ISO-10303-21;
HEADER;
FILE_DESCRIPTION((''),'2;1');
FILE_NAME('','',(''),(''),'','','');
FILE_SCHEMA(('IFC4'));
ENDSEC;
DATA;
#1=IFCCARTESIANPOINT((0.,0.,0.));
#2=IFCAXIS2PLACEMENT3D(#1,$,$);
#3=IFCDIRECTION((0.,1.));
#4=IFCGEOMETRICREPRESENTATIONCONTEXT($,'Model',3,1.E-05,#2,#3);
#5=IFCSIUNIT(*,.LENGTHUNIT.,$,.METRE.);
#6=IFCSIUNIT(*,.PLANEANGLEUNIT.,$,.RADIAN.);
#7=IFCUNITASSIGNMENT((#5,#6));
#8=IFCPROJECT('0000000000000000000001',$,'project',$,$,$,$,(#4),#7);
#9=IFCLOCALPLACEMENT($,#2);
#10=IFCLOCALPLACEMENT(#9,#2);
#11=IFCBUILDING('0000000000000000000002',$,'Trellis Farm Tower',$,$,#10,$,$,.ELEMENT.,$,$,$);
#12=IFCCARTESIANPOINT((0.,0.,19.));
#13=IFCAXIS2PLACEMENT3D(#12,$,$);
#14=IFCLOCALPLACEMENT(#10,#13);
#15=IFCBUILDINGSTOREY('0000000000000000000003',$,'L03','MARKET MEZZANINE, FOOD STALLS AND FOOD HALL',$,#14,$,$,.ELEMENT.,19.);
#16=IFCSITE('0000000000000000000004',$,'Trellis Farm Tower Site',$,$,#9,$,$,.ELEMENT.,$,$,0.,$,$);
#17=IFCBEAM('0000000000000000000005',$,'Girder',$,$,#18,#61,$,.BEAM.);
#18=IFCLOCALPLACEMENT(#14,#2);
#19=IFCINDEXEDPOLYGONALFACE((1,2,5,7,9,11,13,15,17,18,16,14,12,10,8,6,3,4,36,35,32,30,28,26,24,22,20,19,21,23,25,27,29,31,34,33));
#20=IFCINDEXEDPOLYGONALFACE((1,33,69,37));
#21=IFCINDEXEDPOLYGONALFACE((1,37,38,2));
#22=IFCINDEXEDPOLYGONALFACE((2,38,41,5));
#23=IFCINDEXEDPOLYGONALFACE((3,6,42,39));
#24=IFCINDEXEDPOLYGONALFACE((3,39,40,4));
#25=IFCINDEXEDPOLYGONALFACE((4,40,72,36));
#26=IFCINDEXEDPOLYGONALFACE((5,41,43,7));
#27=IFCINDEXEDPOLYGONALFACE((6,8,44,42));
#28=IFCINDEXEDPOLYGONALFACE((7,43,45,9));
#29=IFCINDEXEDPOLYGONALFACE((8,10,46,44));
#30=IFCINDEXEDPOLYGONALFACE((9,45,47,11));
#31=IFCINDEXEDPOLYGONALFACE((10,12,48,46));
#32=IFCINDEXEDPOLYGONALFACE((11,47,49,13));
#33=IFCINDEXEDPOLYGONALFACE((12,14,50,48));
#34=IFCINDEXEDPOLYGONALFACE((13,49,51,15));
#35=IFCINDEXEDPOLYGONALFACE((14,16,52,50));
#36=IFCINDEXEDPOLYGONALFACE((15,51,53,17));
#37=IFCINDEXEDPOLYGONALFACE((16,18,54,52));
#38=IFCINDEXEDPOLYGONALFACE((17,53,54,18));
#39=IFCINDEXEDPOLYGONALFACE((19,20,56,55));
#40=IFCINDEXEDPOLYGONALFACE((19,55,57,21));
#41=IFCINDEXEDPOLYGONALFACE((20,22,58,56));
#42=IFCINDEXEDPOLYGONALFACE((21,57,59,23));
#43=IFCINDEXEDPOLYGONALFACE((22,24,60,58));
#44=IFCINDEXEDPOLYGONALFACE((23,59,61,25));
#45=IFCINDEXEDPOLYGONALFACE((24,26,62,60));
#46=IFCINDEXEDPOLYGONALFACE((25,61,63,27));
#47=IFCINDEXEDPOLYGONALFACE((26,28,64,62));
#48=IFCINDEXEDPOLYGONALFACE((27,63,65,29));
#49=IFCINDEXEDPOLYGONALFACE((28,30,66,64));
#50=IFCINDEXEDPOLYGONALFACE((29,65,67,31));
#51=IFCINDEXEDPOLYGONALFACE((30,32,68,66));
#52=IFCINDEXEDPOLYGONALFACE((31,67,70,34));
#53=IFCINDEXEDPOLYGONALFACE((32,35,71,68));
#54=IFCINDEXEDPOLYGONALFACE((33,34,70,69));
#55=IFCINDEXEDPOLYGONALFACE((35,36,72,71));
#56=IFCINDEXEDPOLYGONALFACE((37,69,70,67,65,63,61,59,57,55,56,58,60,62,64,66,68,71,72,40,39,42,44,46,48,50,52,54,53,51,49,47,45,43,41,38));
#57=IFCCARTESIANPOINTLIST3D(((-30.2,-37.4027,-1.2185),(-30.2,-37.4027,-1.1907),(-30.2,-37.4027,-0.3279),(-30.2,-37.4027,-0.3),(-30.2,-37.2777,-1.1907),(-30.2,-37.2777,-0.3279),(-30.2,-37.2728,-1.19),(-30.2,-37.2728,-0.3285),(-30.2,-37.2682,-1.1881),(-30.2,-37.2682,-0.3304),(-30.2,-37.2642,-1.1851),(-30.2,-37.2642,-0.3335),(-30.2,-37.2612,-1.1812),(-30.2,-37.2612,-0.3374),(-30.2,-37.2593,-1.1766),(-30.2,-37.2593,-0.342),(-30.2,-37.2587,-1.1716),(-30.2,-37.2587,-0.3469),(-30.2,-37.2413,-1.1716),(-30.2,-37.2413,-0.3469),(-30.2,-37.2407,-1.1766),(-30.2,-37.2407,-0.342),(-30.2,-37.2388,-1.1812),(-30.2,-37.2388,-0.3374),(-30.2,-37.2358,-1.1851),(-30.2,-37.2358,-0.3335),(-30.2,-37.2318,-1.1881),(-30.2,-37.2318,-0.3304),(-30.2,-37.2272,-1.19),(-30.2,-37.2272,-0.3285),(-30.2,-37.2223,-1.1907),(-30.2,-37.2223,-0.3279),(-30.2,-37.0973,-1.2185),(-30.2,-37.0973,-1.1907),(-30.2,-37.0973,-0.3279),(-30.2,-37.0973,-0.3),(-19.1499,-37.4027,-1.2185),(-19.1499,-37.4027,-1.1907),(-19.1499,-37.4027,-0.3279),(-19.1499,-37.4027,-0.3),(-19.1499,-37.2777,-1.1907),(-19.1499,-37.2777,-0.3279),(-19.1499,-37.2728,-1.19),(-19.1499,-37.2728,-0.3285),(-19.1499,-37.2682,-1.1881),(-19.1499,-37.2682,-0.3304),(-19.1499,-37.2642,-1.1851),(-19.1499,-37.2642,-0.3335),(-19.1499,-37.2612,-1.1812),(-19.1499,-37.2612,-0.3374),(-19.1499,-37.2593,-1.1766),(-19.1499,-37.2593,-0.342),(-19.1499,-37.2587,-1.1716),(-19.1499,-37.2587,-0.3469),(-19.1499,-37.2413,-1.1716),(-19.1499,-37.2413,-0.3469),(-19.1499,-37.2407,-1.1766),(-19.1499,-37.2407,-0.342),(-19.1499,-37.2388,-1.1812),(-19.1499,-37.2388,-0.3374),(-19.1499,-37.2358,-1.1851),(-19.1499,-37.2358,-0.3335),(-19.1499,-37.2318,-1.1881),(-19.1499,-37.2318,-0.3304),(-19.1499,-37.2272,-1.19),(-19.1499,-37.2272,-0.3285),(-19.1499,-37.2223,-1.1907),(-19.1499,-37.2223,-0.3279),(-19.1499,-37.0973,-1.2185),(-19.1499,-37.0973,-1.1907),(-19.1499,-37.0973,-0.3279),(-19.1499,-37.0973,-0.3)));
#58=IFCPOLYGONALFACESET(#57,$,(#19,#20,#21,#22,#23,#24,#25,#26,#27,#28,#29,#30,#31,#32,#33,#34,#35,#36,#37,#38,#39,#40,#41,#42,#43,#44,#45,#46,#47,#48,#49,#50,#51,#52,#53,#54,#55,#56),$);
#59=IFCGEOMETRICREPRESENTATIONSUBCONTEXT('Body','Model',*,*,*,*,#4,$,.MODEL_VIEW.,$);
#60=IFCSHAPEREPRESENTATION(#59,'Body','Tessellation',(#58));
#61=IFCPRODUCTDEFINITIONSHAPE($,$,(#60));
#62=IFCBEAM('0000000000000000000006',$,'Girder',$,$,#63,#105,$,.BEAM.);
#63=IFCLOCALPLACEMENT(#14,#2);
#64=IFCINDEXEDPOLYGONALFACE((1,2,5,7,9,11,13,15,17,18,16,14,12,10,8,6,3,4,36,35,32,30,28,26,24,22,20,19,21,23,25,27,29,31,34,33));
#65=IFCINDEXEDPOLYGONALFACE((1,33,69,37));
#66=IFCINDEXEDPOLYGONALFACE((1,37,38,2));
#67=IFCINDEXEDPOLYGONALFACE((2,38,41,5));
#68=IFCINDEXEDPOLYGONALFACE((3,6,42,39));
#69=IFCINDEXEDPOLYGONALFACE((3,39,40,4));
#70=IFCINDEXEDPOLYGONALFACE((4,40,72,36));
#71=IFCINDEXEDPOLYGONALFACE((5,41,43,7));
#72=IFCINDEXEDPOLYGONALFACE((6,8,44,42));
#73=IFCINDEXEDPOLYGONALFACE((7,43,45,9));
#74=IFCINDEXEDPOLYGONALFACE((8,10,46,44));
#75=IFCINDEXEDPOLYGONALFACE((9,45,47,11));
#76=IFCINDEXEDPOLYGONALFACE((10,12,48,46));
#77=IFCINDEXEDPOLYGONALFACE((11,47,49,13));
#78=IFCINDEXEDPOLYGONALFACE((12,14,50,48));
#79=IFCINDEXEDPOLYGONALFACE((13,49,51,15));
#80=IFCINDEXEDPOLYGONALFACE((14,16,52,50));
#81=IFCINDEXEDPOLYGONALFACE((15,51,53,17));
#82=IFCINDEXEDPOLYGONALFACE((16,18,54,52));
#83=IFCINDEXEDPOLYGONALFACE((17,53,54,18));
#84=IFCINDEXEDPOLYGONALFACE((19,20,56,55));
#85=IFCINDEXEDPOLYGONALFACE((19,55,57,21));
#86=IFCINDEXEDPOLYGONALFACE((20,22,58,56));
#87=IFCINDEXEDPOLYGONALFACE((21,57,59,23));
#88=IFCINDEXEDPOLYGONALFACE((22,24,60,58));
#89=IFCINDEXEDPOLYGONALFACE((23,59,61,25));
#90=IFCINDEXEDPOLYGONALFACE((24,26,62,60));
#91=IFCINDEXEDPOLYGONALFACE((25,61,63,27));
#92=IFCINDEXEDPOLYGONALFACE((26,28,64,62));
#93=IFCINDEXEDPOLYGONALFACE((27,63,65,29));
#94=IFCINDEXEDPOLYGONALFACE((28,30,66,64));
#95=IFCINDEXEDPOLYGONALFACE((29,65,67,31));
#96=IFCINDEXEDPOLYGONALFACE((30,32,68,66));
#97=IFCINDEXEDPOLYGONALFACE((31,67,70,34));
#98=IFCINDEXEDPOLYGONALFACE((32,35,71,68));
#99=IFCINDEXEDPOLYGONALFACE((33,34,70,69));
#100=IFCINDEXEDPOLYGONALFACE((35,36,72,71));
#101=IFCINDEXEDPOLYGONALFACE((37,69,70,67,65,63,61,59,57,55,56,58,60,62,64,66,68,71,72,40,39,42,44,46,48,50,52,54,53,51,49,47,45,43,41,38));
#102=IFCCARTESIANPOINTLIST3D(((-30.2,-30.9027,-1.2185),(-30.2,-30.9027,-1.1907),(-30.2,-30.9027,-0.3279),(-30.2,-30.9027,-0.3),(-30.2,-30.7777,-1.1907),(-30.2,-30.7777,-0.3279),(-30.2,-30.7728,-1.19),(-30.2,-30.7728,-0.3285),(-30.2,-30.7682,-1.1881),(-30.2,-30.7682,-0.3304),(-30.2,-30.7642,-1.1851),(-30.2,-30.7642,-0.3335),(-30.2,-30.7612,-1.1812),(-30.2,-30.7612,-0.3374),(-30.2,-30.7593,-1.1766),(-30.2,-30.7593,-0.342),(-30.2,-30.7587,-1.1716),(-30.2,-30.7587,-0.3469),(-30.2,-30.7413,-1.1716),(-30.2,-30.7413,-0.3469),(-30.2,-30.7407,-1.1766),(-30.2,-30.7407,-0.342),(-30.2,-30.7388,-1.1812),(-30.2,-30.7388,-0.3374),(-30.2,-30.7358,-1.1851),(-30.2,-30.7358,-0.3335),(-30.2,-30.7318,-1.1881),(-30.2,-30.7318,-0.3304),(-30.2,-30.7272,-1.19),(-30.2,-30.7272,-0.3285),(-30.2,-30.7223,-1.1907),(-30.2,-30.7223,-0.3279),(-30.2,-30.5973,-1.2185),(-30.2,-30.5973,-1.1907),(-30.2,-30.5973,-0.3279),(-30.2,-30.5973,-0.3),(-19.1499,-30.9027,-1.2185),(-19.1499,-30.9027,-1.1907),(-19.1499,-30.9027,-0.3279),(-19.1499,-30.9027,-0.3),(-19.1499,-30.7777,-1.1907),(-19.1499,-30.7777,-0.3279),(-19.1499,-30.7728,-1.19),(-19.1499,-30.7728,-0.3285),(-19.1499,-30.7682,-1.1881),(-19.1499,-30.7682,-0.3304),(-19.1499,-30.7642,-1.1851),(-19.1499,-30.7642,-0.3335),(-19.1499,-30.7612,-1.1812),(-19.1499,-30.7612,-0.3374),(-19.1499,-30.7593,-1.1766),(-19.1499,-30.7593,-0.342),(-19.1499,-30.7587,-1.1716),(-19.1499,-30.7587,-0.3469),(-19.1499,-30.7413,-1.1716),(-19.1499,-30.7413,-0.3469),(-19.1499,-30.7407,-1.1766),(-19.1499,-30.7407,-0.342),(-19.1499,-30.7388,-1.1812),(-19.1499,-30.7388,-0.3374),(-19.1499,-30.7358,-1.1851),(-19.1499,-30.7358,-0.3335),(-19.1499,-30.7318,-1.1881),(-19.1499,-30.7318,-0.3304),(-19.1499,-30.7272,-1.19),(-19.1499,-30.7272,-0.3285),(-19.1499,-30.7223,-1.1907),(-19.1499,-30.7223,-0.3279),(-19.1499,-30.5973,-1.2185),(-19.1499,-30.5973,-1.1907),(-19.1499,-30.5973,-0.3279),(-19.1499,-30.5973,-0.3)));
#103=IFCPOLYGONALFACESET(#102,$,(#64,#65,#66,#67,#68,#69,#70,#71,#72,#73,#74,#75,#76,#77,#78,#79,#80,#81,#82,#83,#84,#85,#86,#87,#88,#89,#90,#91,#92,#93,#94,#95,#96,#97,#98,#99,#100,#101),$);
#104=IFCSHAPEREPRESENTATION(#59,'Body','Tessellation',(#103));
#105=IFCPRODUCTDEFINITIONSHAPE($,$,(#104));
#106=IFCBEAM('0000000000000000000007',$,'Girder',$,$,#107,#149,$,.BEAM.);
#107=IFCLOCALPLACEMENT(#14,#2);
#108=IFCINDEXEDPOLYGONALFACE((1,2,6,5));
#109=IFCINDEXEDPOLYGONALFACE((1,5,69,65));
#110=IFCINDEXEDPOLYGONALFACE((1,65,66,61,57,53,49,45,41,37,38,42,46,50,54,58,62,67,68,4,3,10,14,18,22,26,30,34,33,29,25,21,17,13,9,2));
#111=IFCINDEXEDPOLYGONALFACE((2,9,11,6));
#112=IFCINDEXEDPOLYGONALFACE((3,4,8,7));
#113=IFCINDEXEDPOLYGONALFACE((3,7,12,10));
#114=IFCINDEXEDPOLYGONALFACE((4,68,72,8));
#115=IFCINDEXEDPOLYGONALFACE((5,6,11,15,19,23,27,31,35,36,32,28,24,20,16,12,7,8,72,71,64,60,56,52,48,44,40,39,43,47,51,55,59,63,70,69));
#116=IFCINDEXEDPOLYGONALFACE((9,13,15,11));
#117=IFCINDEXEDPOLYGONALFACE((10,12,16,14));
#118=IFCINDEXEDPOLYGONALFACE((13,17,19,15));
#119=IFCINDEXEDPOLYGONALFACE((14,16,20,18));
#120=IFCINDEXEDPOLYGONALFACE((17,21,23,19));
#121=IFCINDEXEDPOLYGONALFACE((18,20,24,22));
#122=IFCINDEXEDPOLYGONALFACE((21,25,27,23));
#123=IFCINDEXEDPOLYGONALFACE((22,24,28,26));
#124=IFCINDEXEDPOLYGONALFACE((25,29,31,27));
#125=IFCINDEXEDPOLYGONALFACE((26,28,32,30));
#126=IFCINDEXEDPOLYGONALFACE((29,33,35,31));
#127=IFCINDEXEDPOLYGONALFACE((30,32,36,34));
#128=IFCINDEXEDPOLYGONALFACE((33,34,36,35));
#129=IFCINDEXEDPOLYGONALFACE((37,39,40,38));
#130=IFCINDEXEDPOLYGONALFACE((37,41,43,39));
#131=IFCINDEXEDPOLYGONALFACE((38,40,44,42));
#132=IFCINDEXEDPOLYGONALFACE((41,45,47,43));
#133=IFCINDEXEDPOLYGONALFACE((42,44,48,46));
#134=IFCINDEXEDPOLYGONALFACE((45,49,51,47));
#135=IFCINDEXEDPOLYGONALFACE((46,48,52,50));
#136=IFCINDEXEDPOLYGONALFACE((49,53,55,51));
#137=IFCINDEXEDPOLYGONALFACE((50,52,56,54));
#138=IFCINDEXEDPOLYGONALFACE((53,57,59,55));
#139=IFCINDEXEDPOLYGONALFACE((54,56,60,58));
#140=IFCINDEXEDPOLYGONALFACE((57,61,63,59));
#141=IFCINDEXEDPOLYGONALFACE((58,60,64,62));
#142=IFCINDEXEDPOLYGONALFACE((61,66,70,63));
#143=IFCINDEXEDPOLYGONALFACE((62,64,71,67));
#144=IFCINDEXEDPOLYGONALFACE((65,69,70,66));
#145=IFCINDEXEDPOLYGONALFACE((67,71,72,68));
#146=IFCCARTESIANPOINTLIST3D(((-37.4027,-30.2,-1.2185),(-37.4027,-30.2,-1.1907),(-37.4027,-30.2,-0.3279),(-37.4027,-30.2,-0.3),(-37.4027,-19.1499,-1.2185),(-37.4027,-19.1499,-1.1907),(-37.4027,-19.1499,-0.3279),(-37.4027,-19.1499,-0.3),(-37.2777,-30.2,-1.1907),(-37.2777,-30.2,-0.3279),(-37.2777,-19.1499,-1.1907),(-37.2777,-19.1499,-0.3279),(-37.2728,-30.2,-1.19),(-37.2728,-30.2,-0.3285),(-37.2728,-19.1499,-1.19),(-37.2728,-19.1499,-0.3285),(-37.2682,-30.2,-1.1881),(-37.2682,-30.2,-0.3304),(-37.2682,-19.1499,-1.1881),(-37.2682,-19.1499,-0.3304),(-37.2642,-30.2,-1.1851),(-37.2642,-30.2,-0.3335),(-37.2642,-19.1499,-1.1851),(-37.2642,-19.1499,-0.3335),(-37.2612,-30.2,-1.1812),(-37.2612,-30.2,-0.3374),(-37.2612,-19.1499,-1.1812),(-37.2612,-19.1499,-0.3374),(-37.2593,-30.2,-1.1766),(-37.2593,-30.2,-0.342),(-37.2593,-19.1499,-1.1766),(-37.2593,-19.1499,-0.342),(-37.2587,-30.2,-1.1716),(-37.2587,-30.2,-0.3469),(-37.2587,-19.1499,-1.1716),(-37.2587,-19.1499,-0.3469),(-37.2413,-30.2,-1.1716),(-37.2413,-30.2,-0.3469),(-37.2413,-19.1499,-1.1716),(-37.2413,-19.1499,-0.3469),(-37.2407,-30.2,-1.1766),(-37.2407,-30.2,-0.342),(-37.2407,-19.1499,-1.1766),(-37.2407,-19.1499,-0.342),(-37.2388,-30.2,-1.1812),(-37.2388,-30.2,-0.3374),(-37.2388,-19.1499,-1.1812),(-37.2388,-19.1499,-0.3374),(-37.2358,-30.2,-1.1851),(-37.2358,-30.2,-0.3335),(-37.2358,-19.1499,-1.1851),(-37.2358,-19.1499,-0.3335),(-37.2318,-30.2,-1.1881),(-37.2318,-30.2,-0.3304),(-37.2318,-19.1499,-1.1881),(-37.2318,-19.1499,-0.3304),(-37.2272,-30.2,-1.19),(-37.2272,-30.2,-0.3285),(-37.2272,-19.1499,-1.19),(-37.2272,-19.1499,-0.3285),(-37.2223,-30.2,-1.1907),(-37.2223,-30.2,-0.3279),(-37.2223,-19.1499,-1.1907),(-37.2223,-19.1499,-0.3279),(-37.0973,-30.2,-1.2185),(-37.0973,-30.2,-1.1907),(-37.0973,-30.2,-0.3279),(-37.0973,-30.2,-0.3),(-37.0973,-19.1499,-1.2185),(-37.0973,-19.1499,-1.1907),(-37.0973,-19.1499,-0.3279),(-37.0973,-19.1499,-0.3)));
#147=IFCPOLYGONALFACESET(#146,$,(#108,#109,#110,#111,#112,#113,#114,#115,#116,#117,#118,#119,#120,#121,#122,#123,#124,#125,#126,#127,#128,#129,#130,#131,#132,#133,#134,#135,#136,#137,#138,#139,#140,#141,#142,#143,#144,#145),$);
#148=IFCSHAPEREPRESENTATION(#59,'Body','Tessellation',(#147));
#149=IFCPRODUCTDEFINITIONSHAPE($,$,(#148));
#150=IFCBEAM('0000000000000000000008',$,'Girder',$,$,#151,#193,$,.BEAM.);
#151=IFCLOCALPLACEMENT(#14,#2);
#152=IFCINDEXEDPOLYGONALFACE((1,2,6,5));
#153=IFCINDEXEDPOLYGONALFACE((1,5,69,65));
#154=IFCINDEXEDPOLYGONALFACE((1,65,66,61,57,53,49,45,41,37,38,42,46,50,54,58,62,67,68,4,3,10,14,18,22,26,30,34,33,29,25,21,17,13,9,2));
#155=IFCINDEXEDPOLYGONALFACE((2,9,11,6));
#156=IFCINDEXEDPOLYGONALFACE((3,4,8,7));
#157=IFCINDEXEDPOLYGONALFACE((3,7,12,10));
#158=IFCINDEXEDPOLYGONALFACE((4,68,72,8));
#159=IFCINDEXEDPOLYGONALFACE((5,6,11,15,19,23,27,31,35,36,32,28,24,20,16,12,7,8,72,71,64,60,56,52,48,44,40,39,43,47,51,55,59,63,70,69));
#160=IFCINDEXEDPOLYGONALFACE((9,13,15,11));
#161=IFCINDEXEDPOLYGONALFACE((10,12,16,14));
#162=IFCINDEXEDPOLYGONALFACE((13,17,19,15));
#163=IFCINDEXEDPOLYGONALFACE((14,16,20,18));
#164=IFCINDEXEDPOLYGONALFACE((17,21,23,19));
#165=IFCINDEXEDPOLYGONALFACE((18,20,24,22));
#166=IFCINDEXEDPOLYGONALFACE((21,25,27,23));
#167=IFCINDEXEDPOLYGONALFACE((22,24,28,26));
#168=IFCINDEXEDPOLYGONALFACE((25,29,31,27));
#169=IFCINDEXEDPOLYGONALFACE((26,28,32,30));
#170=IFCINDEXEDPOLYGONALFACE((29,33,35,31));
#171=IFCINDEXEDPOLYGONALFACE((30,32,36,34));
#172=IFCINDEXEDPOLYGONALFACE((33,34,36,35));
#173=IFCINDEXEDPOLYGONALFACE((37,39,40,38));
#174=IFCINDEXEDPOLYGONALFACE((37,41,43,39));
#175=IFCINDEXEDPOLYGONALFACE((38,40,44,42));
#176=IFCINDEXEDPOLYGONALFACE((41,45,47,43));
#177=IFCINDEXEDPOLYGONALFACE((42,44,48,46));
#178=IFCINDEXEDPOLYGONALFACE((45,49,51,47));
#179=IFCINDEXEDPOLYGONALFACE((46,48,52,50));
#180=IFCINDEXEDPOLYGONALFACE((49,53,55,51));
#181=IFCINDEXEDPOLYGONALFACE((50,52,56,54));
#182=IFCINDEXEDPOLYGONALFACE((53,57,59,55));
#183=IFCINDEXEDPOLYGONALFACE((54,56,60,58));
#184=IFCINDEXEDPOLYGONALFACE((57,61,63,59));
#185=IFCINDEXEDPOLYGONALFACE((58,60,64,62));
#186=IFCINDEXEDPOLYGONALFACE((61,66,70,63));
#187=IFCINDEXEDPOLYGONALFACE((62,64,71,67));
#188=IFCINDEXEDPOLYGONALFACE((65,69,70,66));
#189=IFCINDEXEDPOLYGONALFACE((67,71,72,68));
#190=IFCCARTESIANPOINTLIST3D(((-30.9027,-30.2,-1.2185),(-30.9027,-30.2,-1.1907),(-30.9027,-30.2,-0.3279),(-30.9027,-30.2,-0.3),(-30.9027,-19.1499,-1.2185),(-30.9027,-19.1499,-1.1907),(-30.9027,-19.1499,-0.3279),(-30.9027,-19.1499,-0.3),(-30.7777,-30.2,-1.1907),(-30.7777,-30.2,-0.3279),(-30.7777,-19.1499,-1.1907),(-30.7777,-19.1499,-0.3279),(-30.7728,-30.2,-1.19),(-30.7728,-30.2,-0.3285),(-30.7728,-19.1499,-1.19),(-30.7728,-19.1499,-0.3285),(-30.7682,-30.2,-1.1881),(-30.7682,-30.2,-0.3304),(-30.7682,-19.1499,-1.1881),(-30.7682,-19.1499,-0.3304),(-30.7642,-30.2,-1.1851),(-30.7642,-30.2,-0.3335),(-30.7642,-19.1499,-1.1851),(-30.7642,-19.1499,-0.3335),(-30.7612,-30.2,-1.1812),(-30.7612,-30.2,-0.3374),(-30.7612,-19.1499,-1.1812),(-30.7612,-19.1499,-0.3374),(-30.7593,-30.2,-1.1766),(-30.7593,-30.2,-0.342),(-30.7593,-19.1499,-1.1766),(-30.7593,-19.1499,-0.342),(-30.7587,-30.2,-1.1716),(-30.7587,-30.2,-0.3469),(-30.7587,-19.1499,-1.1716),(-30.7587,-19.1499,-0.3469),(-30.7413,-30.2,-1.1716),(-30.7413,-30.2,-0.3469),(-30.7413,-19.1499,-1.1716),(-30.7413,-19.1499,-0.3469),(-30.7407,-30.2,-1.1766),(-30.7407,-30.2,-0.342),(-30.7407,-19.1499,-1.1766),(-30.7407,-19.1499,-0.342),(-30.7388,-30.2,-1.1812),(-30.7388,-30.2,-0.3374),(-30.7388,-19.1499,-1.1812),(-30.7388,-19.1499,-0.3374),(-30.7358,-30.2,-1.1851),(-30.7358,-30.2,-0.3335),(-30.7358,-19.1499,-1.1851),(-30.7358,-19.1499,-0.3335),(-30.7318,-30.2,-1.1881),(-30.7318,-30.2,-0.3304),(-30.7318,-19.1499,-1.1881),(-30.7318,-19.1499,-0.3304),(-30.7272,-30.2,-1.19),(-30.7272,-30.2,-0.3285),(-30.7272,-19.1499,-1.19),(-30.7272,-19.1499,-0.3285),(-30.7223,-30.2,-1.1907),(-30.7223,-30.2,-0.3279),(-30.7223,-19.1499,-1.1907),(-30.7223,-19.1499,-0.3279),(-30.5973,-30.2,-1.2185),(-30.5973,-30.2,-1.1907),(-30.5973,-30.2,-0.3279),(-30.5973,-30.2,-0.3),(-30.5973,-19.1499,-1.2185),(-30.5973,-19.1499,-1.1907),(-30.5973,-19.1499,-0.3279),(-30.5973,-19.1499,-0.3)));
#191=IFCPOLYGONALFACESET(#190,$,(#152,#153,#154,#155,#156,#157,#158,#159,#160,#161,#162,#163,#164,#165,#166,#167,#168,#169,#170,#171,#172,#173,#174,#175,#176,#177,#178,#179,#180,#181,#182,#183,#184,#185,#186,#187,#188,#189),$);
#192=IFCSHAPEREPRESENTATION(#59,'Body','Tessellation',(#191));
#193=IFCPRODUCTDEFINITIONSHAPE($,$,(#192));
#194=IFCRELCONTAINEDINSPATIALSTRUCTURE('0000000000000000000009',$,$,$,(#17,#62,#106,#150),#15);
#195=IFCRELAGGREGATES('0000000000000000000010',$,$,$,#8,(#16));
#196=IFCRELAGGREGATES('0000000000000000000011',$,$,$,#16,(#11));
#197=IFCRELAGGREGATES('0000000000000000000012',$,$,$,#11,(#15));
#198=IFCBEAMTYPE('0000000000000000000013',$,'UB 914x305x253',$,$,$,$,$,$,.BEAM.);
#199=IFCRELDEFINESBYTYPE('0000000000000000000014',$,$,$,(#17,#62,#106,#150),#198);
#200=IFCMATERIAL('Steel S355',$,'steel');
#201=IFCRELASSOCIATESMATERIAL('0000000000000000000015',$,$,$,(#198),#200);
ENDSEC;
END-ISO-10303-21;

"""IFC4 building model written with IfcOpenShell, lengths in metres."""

from ifc_helpers import new_model, si_unit, direction, frame, origin, origin_2d, place, context, subcontext, project, spatial, i_section, extrude, source, transform, mapped, material, material_profile, profile_set, type_object, element, save


model = new_model("IFC4")

# Units and contexts
model_context = context("Model", 3, precision=1e-05, world=origin(), true_north=direction((0.0, 1.0)))
body_context = subcontext(model_context, "Body", "Model", "MODEL_VIEW")
ifc_project = project(units=[si_unit("LENGTHUNIT", "METRE"), si_unit("PLANEANGLEUNIT", "RADIAN")], contexts=[model_context])

# Site, building, storey
site_placement = place(None, origin())
site = spatial("IfcSite", under=ifc_project, at=site_placement, Name="Trellis Farm Tower Site", CompositionType="ELEMENT", RefElevation=0.0)
building_placement = place(site_placement, origin())
building = spatial("IfcBuilding", under=site, at=building_placement, Name="Trellis Farm Tower", CompositionType="ELEMENT")
storey_placement = place(building_placement, frame((0.0, 0.0, 19.0)))
storey = spatial("IfcBuildingStorey", under=building, at=storey_placement, Name="L03", Description="MARKET MEZZANINE, FOOD STALLS AND FOOD HALL", CompositionType="ELEMENT", Elevation=19.0)

# Beams
ifc_material_1 = material(Name="Steel S355", Category="steel")
ifc_material_profile_1 = material_profile(ifc_material_1, i_section(OverallWidth=0.3054, OverallDepth=0.9185, WebThickness=0.0173, FlangeThickness=0.0278, FilletRadius=0.019, at=origin_2d()), Name="UB 914x305x253")
ifc_profile_set_1 = profile_set([ifc_material_profile_1], Name="Steel S355")
beam_type_1 = type_object("IfcBeamType", Name="UB 914x305x253", PredefinedType="BEAM", material=ifc_profile_set_1)
shared_shape_1 = source(origin(), body_context, "Body", "SweptSolid", [
    extrude(i_section(OverallWidth=0.3054, OverallDepth=0.9185, WebThickness=0.0173, FlangeThickness=0.0278, FilletRadius=0.019, at=origin_2d()), origin(), (0.0, 0.0, 1.0), 11.05),
])
for number, where, z_axis, x_axis, name in (
    (1, (-30.2, -37.25, -0.7593), (1.0, 0.0, 0.0), (0.0, 1.0, 0.0), "Girder"),
    (2, (-30.2, -30.75, -0.7593), (1.0, 0.0, 0.0), (0.0, 1.0, 0.0), "Girder"),
    (3, (-37.25, -30.2, -0.7593), (0.0, 1.0, 0.0), (-1.0, 0.0, 0.0), "Girder"),
    (4, (-30.75, -30.2, -0.7593), (0.0, 1.0, 0.0), (-1.0, 0.0, 0.0), "Girder"),
):
    element("IfcBeam", number, at=place(storey_placement, frame(where, z_axis=z_axis, x_axis=x_axis)), inside=storey, type_object=beam_type_1, Name=name, PredefinedType="BEAM", context=body_context, shape_type="MappedRepresentation", body=[
        mapped(shared_shape_1, transform((0.0, 0.0, 0.0))),
    ])

save(model, "model.ifc")
